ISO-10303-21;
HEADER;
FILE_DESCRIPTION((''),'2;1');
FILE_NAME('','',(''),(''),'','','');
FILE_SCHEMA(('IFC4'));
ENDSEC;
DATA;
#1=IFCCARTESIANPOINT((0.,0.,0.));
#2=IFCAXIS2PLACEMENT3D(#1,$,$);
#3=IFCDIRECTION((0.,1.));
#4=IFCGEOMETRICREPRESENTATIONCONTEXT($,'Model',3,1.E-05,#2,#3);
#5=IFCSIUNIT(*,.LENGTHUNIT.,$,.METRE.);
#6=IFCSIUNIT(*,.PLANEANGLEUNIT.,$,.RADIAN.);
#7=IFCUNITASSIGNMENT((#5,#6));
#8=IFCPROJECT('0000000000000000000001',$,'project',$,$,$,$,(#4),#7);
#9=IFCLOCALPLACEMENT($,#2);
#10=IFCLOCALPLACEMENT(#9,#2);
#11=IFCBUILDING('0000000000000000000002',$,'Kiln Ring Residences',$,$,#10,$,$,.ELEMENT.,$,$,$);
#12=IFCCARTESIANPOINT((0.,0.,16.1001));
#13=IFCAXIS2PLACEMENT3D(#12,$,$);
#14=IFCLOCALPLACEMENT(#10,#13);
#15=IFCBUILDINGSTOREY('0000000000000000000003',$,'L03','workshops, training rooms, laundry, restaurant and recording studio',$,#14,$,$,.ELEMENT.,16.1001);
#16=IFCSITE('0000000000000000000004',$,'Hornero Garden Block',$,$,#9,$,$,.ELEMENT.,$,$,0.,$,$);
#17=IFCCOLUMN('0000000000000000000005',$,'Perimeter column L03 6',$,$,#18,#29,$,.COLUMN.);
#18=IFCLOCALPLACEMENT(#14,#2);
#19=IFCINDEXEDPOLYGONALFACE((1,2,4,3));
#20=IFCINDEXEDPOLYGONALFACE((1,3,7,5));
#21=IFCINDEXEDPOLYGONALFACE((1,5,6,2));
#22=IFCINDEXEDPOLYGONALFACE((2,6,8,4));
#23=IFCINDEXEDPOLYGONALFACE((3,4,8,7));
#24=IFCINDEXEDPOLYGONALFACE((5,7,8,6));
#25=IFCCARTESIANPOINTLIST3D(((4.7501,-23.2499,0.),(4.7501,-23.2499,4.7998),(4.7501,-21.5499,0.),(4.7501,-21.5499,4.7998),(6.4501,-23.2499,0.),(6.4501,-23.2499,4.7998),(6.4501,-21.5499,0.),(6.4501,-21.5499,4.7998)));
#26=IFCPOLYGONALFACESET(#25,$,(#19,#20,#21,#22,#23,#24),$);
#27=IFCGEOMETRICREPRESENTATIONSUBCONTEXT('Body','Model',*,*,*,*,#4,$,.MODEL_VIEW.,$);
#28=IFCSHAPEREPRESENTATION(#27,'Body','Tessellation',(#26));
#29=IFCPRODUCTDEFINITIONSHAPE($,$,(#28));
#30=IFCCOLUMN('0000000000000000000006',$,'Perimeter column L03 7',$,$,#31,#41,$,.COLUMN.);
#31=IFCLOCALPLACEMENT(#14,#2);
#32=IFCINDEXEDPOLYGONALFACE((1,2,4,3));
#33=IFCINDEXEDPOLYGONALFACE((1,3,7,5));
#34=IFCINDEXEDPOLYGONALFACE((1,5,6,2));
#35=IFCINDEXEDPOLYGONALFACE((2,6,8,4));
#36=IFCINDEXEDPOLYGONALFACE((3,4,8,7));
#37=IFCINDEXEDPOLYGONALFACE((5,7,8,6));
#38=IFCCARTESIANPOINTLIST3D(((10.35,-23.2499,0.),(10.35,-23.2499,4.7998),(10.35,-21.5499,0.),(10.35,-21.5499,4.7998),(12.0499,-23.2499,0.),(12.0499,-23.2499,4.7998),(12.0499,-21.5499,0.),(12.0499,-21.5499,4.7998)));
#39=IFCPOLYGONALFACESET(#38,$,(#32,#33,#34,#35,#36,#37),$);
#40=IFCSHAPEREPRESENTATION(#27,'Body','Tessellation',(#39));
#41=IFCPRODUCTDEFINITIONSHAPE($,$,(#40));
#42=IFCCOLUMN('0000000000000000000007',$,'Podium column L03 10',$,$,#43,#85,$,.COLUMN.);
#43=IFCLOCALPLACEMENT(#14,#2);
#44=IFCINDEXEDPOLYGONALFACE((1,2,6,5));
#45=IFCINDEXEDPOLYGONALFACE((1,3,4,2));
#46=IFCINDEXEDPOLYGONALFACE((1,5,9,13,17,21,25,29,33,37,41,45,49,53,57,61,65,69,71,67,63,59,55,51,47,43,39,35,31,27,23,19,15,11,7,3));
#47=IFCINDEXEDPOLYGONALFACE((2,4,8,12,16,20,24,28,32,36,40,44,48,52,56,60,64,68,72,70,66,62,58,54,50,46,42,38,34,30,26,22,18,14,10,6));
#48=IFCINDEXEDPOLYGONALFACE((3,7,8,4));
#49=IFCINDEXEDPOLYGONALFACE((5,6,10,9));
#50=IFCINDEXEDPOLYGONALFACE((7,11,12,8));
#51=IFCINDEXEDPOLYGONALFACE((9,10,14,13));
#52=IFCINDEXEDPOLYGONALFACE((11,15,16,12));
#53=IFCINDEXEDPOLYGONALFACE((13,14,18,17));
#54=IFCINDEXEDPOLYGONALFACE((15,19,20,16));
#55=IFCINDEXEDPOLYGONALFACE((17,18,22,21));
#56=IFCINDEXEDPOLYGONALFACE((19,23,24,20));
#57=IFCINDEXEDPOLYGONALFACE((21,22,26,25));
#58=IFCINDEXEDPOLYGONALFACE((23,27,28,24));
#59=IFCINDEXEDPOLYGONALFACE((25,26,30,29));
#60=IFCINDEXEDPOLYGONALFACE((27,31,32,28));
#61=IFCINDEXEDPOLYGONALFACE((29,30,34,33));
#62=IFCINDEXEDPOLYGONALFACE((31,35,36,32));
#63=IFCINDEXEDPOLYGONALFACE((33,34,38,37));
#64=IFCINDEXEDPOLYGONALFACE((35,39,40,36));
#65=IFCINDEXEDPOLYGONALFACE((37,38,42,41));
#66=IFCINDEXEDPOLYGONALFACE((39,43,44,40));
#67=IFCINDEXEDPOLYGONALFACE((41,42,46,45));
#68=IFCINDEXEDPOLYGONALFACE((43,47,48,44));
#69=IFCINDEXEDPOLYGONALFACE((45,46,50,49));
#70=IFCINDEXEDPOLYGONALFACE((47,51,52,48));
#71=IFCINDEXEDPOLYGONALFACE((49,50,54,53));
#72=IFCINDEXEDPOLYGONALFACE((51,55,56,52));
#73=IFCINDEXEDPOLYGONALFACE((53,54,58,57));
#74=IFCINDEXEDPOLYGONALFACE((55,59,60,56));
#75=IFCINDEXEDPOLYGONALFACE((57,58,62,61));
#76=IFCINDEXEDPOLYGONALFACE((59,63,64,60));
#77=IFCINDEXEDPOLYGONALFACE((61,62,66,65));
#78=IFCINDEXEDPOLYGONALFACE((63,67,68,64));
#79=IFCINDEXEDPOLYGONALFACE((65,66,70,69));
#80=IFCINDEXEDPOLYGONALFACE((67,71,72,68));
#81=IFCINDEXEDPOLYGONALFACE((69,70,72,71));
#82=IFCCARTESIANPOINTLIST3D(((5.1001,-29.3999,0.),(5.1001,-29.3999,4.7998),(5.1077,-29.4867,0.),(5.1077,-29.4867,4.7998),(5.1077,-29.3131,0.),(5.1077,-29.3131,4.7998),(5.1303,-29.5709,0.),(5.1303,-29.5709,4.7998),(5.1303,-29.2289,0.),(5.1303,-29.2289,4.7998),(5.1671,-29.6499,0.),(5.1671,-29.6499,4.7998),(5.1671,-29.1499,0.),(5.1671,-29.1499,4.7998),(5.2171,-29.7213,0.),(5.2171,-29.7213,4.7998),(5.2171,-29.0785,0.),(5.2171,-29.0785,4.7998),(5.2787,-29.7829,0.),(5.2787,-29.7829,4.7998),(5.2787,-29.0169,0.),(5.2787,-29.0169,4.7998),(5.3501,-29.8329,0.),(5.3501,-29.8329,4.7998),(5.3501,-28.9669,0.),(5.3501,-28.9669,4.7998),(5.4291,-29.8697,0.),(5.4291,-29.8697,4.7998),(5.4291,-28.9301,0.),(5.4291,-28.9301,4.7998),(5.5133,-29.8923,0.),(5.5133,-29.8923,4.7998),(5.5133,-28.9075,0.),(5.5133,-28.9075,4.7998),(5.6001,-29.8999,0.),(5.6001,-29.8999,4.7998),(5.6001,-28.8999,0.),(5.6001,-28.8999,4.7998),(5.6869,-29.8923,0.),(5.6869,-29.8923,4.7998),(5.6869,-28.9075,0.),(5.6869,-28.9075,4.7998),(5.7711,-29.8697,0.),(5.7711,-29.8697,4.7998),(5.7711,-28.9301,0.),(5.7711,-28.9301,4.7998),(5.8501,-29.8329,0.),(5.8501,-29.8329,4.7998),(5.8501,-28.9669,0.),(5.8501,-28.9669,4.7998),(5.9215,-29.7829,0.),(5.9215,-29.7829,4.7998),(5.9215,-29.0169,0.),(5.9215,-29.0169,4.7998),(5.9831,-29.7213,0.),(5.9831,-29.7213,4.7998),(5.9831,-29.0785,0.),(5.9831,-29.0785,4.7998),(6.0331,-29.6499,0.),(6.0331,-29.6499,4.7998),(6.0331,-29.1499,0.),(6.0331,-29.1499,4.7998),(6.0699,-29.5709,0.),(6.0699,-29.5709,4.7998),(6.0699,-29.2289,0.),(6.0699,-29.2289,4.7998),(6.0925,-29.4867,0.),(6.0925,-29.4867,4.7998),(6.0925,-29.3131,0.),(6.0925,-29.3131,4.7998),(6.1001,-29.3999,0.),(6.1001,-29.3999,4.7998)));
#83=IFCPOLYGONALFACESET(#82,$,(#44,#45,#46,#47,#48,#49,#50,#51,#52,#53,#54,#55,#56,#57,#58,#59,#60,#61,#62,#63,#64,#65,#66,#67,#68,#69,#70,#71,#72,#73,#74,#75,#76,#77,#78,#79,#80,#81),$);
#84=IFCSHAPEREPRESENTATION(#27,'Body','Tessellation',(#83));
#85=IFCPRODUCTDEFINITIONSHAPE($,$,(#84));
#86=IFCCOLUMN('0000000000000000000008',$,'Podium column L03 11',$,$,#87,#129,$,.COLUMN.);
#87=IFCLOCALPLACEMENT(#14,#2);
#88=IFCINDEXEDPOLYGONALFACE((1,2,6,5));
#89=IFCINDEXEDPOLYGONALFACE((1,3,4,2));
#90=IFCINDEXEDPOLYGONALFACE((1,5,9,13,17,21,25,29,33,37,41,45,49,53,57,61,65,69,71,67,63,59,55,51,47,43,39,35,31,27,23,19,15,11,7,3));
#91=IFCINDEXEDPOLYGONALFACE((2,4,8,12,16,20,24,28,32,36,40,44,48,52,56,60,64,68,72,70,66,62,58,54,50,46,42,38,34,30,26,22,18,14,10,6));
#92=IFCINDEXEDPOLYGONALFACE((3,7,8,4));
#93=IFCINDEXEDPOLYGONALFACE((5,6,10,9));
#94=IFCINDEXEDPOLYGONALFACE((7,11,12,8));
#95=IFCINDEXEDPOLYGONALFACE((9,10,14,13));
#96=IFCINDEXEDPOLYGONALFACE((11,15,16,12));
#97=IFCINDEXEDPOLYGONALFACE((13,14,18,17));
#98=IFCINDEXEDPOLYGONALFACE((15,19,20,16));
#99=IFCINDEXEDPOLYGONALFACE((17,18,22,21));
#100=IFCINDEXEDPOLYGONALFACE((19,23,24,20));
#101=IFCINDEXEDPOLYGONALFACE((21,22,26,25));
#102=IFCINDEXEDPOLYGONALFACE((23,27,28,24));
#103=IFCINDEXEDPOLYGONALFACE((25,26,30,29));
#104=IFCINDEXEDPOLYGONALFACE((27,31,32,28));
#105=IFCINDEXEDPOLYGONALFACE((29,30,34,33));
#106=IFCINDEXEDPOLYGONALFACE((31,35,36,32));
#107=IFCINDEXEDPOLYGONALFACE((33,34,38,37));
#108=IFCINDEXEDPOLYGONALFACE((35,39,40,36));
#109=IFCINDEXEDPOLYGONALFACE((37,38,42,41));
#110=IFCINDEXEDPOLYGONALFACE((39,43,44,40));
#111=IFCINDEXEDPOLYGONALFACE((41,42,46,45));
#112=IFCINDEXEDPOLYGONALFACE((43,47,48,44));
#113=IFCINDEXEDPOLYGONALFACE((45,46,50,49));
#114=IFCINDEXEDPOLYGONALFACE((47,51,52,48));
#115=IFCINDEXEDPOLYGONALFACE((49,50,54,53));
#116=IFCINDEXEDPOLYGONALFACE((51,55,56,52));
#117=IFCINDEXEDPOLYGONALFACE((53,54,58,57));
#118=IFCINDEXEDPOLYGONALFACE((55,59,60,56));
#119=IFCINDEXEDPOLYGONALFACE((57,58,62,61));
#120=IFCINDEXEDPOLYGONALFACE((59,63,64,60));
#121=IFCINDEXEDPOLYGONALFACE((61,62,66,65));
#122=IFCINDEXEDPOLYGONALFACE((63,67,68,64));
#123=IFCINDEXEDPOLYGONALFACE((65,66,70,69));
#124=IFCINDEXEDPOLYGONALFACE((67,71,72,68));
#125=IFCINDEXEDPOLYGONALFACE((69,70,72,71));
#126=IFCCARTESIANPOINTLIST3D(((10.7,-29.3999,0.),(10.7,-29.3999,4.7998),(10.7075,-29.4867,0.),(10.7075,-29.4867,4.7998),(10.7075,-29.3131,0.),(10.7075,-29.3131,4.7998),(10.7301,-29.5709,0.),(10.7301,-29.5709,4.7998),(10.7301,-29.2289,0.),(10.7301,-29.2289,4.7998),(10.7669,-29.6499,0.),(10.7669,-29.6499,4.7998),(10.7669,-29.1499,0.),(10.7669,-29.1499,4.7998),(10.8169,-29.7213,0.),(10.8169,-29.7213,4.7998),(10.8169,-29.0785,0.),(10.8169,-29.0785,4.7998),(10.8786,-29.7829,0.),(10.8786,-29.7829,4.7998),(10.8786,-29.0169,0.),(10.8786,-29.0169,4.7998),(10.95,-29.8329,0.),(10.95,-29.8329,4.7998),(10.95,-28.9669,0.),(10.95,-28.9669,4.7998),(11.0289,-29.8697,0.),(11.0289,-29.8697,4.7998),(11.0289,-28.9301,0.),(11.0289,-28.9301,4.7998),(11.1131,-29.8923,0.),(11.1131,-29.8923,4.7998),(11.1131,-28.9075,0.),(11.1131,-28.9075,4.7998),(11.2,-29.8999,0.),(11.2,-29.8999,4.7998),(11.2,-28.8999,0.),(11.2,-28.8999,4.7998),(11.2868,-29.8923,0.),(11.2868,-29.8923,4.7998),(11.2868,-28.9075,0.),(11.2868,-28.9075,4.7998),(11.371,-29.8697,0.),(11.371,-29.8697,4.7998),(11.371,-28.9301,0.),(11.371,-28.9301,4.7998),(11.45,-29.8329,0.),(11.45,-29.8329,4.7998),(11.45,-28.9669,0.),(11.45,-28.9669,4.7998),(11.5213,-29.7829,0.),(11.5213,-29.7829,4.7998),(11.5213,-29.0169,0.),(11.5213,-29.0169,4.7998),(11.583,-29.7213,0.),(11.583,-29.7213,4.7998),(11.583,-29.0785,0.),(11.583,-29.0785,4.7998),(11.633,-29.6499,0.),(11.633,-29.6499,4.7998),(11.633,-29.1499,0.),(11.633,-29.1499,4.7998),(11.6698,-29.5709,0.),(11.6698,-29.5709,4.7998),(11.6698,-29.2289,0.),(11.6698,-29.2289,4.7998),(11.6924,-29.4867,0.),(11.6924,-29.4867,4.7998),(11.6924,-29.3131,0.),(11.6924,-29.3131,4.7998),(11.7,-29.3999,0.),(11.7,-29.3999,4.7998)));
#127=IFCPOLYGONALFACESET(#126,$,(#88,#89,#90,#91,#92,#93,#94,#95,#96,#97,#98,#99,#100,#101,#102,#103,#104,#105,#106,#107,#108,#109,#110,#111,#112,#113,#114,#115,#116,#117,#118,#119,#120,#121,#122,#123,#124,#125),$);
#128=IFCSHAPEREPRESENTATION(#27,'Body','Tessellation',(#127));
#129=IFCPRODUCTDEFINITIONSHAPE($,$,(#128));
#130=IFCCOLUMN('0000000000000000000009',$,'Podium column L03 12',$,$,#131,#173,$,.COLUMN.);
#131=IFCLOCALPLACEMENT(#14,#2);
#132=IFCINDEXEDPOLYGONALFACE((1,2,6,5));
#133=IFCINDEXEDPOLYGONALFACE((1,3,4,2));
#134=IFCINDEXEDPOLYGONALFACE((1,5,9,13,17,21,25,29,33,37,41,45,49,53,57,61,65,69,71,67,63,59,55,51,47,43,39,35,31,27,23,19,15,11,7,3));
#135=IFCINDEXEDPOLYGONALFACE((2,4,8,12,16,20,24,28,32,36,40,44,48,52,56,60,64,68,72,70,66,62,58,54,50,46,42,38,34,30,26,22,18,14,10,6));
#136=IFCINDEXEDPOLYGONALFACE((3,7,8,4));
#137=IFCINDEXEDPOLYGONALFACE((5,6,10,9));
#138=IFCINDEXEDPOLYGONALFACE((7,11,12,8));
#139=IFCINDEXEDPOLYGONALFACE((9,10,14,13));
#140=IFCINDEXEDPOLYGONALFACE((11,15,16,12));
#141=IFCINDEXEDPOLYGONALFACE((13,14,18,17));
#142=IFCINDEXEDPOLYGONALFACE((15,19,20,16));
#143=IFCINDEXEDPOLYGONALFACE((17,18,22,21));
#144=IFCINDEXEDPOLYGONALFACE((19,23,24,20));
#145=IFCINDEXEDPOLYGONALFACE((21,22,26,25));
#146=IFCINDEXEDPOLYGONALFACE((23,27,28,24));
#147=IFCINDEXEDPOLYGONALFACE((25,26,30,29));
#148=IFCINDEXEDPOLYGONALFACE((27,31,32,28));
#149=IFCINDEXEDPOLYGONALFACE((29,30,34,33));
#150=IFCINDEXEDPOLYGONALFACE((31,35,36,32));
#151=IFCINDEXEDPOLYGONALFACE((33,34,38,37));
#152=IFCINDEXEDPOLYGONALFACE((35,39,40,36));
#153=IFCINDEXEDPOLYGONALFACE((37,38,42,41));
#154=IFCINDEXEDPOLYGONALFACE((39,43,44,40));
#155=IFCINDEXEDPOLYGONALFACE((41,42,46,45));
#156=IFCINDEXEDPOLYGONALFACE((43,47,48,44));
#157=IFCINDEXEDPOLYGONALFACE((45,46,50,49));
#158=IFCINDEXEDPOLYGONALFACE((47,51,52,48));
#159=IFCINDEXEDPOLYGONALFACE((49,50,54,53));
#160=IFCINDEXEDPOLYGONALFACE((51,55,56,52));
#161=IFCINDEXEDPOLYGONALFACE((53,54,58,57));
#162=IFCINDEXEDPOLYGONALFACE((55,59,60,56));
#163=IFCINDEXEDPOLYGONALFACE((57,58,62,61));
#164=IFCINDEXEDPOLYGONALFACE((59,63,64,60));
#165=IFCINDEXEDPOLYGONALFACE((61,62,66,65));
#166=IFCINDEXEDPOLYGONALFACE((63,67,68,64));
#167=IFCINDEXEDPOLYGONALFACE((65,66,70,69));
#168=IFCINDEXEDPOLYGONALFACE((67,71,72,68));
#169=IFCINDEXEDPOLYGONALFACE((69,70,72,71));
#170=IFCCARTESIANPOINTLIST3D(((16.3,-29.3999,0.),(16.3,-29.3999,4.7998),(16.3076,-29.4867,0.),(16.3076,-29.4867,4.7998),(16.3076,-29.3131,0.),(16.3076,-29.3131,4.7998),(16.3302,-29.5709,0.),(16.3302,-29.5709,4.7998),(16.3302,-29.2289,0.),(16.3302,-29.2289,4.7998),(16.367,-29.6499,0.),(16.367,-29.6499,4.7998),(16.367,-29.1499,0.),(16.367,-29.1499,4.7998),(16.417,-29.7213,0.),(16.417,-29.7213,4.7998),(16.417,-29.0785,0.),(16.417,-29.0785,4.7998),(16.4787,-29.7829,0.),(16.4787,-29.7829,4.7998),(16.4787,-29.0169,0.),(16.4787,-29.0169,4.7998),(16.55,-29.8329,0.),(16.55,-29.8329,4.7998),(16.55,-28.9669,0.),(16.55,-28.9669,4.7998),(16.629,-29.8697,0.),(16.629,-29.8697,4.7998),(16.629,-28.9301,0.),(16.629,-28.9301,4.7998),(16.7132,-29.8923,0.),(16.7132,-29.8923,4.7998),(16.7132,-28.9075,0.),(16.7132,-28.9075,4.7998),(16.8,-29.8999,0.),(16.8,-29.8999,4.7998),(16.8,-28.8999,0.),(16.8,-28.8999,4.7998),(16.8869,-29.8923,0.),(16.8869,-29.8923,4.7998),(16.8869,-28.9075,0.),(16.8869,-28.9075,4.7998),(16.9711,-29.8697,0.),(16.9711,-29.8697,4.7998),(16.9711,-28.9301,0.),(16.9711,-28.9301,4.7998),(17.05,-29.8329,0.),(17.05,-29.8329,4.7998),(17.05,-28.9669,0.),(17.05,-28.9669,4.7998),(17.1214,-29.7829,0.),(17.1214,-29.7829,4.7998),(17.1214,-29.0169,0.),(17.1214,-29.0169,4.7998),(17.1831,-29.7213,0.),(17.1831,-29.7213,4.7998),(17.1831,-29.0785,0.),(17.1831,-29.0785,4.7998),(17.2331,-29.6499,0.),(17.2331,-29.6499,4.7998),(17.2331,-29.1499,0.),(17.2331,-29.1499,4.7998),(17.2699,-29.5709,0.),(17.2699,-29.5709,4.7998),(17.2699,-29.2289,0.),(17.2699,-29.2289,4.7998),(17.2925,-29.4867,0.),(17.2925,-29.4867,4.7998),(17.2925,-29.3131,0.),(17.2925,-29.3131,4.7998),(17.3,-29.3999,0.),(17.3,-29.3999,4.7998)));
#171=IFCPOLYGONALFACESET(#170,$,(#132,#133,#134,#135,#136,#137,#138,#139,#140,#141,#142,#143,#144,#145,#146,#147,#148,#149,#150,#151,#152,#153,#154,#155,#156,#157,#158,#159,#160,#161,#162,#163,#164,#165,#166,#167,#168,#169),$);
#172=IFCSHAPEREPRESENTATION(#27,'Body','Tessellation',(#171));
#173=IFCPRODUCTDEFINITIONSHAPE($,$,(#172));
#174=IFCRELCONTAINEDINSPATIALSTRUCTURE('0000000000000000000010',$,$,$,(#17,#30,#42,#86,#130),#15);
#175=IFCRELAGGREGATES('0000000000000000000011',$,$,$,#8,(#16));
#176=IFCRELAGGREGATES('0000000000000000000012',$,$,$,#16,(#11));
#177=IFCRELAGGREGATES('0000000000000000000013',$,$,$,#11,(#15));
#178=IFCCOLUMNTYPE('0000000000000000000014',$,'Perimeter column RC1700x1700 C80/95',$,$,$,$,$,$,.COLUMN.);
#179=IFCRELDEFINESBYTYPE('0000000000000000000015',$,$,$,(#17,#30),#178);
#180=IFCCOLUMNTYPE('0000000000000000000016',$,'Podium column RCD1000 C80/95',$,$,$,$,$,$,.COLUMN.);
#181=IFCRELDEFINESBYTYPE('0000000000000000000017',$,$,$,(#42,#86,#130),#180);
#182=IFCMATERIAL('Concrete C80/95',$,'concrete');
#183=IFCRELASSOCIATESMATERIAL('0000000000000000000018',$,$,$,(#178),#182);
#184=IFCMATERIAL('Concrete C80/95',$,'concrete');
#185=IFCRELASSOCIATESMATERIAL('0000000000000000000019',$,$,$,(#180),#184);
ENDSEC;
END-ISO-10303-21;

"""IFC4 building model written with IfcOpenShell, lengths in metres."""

from ifc_helpers import new_model, si_unit, direction, frame, origin, origin_2d, place, context, subcontext, project, spatial, rectangle, circle, extrude, material, material_profile, profile_set, type_object, element, save


model = new_model("IFC4")

# Units and contexts
model_context = context("Model", 3, precision=1e-05, world=origin(), true_north=direction((0.0, 1.0)))
body_context = subcontext(model_context, "Body", "Model", "MODEL_VIEW")
ifc_project = project(units=[si_unit("LENGTHUNIT", "METRE"), si_unit("PLANEANGLEUNIT", "RADIAN")], contexts=[model_context])

# Site, building, storey
site_placement = place(None, origin())
site = spatial("IfcSite", under=ifc_project, at=site_placement, Name="Hornero Garden Block", CompositionType="ELEMENT", RefElevation=0.0)
building_placement = place(site_placement, origin())
building = spatial("IfcBuilding", under=site, at=building_placement, Name="Kiln Ring Residences", CompositionType="ELEMENT")
storey_placement = place(building_placement, frame((0.0, 0.0, 16.1001)))
storey = spatial("IfcBuildingStorey", under=building, at=storey_placement, Name="L03", Description="workshops, training rooms, laundry, restaurant and recording studio", CompositionType="ELEMENT", Elevation=16.1001)

# Columns
ifc_material_1 = material(Name="Concrete C80/95", Category="concrete")
ifc_material_profile_1 = material_profile(ifc_material_1, rectangle(XDim=1.7, YDim=1.7, at=origin_2d()), Name="RC1700x1700")
ifc_profile_set_1 = profile_set([ifc_material_profile_1], Name="Concrete C80/95")
column_type_1 = type_object("IfcColumnType", Name="Perimeter column RC1700x1700 C80/95", PredefinedType="COLUMN", material=ifc_profile_set_1)
for number, where, z_axis, x_axis, name in (
    (1, (5.6001, -22.3999, 0.0), (0.0, 0.0, 1.0), (1.0, 0.0, 0.0), "Perimeter column L03 6"),
    (2, (11.2, -22.3999, 0.0), (0.0, 0.0, 1.0), (1.0, 0.0, 0.0), "Perimeter column L03 7"),
):
    element("IfcColumn", number, at=place(storey_placement, frame(where, z_axis=z_axis, x_axis=x_axis)), inside=storey, type_object=column_type_1, Name=name, PredefinedType="COLUMN", context=body_context, shape_type="SweptSolid", body=[
        extrude(rectangle(XDim=1.7, YDim=1.7, at=origin_2d()), origin(), (0.0, 0.0, 1.0), 4.7998),
    ])
ifc_material_2 = material(Name="Concrete C80/95", Category="concrete")
ifc_material_profile_2 = material_profile(ifc_material_2, circle(Radius=0.5, at=origin_2d()), Name="RCD1000")
ifc_profile_set_2 = profile_set([ifc_material_profile_2], Name="Concrete C80/95")
column_type_2 = type_object("IfcColumnType", Name="Podium column RCD1000 C80/95", PredefinedType="COLUMN", material=ifc_profile_set_2)
for number, where, z_axis, x_axis, name in (
    (3, (5.6001, -29.3999, 0.0), (0.0, 0.0, 1.0), (1.0, 0.0, 0.0), "Podium column L03 10"),
    (4, (11.2, -29.3999, 0.0), (0.0, 0.0, 1.0), (1.0, 0.0, 0.0), "Podium column L03 11"),
    (5, (16.8, -29.3999, 0.0), (0.0, 0.0, 1.0), (1.0, 0.0, 0.0), "Podium column L03 12"),
):
    element("IfcColumn", number, at=place(storey_placement, frame(where, z_axis=z_axis, x_axis=x_axis)), inside=storey, type_object=column_type_2, Name=name, PredefinedType="COLUMN", context=body_context, shape_type="SweptSolid", body=[
        extrude(circle(Radius=0.5, at=origin_2d()), origin(), (0.0, 0.0, 1.0), 4.7998),
    ])

save(model, "model.ifc")
